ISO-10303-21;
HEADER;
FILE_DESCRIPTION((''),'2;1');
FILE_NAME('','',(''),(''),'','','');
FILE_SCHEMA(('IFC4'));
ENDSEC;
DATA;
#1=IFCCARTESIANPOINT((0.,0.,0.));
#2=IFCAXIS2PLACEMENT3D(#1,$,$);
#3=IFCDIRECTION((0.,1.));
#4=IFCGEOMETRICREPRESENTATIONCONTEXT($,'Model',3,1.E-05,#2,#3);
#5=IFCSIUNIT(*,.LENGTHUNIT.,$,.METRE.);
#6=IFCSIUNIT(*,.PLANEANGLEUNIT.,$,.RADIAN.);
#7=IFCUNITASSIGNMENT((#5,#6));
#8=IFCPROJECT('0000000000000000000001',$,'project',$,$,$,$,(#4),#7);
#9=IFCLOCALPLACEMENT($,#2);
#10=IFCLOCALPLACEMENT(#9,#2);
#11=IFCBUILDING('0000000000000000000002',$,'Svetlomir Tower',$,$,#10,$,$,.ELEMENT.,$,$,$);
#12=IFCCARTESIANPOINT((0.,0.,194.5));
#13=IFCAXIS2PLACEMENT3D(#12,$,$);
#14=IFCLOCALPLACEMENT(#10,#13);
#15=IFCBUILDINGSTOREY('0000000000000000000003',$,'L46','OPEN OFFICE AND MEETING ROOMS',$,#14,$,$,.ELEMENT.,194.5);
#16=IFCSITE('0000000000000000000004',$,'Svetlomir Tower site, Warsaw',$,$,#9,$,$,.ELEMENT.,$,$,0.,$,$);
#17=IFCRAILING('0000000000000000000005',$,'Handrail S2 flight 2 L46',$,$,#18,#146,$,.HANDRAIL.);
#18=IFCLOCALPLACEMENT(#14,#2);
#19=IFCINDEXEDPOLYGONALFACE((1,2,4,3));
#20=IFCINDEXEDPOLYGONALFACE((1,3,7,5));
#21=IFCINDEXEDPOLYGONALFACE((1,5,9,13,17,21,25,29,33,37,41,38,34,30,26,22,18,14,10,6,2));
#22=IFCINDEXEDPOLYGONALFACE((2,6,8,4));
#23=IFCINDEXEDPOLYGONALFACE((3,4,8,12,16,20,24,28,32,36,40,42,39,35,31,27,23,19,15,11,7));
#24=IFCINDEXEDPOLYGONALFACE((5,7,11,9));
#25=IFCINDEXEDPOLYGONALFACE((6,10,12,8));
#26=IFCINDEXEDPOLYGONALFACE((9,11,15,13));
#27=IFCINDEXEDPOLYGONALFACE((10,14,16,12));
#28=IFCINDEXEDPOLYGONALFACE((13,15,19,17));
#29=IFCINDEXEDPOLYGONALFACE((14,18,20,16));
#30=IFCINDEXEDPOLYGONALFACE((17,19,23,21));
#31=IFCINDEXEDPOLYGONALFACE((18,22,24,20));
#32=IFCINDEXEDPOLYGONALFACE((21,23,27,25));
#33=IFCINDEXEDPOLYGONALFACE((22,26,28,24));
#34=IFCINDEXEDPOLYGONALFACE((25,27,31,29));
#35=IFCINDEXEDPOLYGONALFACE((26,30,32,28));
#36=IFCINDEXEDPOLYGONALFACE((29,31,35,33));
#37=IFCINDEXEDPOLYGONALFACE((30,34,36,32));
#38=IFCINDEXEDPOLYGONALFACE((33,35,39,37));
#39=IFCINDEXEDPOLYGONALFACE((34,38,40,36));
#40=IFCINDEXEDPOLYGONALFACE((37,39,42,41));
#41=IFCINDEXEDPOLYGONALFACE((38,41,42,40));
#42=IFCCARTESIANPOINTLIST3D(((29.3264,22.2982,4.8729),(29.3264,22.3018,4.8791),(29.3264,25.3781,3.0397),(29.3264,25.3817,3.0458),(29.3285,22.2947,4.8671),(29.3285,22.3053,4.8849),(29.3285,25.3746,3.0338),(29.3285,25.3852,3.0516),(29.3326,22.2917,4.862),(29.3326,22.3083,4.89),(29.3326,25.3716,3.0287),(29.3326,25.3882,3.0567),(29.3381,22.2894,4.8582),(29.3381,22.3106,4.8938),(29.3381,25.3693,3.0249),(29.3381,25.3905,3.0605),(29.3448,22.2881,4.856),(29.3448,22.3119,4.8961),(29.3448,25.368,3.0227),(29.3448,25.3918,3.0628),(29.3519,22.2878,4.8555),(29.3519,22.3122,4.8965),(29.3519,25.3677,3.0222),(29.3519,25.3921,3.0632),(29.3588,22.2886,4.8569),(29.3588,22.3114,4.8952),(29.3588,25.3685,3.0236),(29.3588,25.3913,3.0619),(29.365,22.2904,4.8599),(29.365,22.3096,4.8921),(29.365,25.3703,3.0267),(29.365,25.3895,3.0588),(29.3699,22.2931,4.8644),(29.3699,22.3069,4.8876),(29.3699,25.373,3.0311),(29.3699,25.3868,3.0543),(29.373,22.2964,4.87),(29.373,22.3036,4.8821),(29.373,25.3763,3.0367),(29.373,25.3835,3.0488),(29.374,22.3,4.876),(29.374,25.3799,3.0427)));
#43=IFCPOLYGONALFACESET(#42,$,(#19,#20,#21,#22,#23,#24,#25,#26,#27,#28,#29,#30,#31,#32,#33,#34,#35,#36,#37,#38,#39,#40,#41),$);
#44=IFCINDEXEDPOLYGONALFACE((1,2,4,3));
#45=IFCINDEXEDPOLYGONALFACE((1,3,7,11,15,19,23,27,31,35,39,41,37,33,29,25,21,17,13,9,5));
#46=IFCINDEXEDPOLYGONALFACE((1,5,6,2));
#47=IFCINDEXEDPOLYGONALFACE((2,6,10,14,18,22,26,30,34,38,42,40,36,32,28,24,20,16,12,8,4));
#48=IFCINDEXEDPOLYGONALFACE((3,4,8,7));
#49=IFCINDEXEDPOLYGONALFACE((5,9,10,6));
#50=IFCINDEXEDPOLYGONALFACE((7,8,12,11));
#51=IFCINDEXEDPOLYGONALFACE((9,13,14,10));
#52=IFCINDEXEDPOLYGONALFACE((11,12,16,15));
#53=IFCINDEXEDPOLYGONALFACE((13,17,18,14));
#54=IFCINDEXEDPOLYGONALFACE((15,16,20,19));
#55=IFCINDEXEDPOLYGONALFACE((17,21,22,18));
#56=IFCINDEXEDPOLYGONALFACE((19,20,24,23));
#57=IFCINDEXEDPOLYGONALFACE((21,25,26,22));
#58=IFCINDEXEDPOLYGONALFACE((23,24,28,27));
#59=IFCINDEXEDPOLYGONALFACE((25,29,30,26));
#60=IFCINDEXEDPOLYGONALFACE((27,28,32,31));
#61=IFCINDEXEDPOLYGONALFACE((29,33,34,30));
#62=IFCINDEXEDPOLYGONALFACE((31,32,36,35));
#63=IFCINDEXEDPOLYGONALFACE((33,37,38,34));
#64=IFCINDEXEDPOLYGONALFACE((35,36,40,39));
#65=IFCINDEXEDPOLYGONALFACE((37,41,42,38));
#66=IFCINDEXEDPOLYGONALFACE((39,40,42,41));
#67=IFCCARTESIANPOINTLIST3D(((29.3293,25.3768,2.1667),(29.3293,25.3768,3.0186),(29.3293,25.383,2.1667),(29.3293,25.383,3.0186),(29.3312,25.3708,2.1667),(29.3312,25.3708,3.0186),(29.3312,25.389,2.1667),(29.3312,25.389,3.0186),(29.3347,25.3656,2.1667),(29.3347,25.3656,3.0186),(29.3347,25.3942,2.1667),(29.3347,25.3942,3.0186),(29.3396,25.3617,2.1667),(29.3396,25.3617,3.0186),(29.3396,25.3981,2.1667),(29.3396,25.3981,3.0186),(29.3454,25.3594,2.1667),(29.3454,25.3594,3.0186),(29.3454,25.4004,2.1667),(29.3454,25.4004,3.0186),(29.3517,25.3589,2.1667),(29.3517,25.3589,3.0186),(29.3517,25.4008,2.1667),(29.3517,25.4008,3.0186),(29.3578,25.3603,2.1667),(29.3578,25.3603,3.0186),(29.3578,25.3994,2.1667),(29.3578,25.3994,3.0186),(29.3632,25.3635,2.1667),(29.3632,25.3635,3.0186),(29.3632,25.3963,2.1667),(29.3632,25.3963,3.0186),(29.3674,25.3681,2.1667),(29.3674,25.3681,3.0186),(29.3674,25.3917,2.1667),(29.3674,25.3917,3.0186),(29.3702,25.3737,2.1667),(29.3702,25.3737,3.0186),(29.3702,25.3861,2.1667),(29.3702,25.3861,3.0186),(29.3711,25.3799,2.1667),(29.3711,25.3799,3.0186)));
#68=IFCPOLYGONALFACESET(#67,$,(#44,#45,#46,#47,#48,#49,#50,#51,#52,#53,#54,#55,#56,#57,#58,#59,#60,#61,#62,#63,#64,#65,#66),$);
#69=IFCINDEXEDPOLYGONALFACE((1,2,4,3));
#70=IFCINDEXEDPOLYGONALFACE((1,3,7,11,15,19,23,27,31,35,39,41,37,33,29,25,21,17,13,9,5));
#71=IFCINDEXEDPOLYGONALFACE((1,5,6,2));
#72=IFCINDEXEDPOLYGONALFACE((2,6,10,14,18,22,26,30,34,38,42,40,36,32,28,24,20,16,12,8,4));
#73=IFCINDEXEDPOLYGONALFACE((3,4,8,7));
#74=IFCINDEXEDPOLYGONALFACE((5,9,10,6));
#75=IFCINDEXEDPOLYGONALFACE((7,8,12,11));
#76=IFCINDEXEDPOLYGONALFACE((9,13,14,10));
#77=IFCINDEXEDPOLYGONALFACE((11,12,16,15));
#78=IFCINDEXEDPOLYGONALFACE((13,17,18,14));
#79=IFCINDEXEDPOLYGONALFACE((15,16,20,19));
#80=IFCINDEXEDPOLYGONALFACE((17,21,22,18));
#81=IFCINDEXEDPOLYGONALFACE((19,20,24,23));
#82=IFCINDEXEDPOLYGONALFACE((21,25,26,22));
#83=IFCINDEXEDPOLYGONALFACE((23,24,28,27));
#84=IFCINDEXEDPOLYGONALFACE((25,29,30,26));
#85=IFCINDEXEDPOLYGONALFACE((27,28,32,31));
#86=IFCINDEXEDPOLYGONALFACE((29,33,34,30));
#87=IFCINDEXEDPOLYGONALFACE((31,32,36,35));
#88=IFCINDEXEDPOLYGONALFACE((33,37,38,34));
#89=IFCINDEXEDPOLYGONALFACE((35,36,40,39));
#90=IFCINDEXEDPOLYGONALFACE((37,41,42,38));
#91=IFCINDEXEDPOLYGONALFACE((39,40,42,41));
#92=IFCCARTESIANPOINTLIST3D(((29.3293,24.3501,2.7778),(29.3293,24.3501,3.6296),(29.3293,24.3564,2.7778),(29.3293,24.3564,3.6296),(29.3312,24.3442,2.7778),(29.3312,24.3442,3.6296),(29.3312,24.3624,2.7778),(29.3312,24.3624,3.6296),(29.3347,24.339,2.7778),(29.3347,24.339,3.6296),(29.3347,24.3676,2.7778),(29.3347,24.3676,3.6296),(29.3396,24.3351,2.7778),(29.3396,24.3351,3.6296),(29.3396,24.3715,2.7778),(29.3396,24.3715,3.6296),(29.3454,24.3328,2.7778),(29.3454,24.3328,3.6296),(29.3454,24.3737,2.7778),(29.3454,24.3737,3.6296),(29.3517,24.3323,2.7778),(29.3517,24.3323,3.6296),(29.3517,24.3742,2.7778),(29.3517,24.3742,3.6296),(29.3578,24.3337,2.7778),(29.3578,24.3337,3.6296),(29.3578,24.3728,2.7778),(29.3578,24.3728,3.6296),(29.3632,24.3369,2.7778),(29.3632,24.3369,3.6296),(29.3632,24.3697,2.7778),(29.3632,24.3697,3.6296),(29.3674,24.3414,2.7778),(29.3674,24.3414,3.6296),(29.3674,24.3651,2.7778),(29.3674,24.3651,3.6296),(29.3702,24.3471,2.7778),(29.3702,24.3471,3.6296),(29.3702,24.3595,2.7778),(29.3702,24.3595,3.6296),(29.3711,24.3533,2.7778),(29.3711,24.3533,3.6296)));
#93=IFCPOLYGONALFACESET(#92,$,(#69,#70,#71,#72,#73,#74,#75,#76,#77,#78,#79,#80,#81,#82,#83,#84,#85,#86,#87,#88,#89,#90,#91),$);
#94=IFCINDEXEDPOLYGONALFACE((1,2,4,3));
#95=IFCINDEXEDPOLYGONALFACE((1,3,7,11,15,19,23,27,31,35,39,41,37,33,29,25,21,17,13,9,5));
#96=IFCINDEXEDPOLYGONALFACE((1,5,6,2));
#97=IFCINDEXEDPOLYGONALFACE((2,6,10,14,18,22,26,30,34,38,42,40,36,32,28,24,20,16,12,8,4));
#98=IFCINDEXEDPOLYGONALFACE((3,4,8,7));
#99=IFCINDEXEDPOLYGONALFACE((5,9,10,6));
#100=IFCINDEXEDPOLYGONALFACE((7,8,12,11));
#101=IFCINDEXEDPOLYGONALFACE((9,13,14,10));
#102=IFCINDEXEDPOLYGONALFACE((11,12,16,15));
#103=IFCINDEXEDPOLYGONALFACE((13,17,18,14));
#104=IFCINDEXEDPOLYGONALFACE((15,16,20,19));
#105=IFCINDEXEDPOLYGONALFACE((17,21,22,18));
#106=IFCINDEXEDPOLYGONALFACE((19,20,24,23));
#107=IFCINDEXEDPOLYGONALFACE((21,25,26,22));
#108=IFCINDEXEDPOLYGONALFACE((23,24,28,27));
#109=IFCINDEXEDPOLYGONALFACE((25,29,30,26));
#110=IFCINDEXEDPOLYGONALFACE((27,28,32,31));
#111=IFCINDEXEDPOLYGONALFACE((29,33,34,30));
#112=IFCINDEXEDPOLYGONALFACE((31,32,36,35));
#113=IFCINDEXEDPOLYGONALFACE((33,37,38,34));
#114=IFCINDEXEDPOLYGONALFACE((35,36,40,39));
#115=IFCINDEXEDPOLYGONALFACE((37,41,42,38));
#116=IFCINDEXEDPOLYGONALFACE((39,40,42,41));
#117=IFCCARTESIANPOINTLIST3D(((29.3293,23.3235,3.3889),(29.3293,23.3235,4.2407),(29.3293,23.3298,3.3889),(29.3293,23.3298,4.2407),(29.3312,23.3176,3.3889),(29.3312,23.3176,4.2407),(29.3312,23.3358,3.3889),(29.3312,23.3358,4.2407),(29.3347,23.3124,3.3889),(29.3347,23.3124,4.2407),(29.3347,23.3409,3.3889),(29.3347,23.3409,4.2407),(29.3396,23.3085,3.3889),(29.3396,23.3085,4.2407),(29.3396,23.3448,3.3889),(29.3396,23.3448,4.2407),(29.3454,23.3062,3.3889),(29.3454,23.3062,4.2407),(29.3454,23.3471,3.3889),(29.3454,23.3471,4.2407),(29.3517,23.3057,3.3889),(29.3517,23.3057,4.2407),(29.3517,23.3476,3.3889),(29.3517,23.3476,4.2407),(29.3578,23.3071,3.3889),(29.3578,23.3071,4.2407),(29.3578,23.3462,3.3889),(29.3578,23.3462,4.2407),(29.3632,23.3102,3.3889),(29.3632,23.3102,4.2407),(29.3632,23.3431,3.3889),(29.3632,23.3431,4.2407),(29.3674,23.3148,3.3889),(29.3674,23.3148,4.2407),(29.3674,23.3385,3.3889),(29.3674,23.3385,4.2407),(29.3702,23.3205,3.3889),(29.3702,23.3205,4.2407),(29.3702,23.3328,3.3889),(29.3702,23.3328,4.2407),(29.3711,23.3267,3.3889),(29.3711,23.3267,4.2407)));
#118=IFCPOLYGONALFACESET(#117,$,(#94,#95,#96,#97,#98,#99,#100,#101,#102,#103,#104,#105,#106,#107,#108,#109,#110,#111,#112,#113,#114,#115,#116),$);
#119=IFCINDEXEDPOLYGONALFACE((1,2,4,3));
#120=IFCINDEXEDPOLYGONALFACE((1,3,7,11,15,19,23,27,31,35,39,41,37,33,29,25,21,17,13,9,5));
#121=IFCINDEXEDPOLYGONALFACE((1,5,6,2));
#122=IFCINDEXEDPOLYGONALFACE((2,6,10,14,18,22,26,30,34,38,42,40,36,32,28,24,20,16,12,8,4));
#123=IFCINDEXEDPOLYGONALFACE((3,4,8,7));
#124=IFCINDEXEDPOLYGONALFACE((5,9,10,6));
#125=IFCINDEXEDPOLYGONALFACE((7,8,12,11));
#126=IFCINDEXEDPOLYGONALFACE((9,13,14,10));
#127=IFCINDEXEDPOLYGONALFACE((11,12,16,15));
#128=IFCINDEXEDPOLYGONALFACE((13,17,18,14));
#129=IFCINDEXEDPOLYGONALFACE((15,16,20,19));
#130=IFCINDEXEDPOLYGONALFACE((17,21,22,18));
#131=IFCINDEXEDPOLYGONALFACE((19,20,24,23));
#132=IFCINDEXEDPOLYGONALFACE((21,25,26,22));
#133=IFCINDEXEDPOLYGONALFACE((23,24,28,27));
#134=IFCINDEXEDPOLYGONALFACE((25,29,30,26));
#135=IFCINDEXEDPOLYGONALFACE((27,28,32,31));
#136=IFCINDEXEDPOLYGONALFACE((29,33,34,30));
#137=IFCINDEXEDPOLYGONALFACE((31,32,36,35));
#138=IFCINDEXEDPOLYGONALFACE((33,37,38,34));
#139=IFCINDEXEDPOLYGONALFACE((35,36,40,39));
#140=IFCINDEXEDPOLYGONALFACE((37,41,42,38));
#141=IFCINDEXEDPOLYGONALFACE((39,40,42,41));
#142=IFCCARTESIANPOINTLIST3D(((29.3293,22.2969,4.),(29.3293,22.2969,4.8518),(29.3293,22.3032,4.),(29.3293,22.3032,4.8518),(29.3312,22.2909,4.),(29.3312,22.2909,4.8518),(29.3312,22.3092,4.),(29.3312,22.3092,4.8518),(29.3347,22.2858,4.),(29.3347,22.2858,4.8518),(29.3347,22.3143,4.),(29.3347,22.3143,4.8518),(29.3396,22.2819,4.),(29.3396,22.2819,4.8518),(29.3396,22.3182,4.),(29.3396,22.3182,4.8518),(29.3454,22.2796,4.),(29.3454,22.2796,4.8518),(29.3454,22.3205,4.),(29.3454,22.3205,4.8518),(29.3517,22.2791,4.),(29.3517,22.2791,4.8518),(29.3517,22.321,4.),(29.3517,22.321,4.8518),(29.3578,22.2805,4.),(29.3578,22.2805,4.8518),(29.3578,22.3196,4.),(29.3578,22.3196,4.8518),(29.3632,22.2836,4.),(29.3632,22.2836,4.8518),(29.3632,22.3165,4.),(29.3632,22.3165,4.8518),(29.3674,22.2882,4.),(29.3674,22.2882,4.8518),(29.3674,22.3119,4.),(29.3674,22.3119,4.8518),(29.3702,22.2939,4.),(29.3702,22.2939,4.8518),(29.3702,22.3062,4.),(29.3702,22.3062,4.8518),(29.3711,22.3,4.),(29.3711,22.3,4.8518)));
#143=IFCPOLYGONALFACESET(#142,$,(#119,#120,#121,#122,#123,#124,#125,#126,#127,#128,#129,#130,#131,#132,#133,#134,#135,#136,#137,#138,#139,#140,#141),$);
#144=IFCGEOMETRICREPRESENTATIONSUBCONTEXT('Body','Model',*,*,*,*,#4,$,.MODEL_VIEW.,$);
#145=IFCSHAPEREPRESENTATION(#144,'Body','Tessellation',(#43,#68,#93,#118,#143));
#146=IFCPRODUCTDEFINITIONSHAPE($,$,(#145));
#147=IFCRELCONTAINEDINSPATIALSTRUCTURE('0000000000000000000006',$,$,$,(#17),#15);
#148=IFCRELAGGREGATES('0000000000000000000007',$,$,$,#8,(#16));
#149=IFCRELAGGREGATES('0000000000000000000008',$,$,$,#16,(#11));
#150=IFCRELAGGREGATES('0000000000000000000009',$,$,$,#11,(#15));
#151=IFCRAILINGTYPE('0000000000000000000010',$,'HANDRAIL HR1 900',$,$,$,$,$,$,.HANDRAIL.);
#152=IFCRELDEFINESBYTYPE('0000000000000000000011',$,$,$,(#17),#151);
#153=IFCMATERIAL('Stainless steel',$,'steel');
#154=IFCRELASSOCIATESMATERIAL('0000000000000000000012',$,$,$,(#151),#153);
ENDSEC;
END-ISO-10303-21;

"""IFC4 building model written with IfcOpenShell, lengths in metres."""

from ifc_helpers import new_model, si_unit, direction, frame, origin, origin_2d, place, context, subcontext, project, spatial, circle, extrude, material, type_object, element, save


model = new_model("IFC4")

# Units and contexts
model_context = context("Model", 3, precision=1e-05, world=origin(), true_north=direction((0.0, 1.0)))
body_context = subcontext(model_context, "Body", "Model", "MODEL_VIEW")
ifc_project = project(units=[si_unit("LENGTHUNIT", "METRE"), si_unit("PLANEANGLEUNIT", "RADIAN")], contexts=[model_context])

# Site, building, storey
site_placement = place(None, origin())
site = spatial("IfcSite", under=ifc_project, at=site_placement, Name="Svetlomir Tower site, Warsaw", CompositionType="ELEMENT", RefElevation=0.0)
building_placement = place(site_placement, origin())
building = spatial("IfcBuilding", under=site, at=building_placement, Name="Svetlomir Tower", CompositionType="ELEMENT")
storey_placement = place(building_placement, frame((0.0, 0.0, 194.5)))
storey = spatial("IfcBuildingStorey", under=building, at=storey_placement, Name="L46", Description="OPEN OFFICE AND MEETING ROOMS", CompositionType="ELEMENT", Elevation=194.5)

# Railing
ifc_material_1 = material(Name="Stainless steel", Category="steel")
railing_type = type_object("IfcRailingType", Name="HANDRAIL HR1 900", PredefinedType="HANDRAIL", material=ifc_material_1)
railing_1_placement = place(storey_placement, frame((29.3501, 25.3799, 2.1667)))
element("IfcRailing", 1, at=railing_1_placement, inside=storey, type_object=railing_type, Name="Handrail S2 flight 2 L46", PredefinedType="HANDRAIL", context=body_context, shape_type="SweptSolid", body=[
    extrude(circle(Radius=0.0239, at=origin_2d()), frame((0.0, 0.0, 0.876), z_axis=(0.0, -0.859291, 0.511487), x_axis=(1.0, 0.0, 0.0)), (0.0, 0.0, 1.0), 3.5842),
    extrude(circle(Radius=0.021, at=origin_2d()), origin(), (0.0, 0.0, 1.0), 0.8518),
    extrude(circle(Radius=0.021, at=origin_2d()), frame((0.0, -1.0266, 0.6111)), (0.0, 0.0, 1.0), 0.8518),
    extrude(circle(Radius=0.021, at=origin_2d()), frame((0.0, -2.0532, 1.2222)), (0.0, 0.0, 1.0), 0.8518),
    extrude(circle(Radius=0.021, at=origin_2d()), frame((0.0, -3.0798, 1.8333)), (0.0, 0.0, 1.0), 0.8518),
])

save(model, "model.ifc")
